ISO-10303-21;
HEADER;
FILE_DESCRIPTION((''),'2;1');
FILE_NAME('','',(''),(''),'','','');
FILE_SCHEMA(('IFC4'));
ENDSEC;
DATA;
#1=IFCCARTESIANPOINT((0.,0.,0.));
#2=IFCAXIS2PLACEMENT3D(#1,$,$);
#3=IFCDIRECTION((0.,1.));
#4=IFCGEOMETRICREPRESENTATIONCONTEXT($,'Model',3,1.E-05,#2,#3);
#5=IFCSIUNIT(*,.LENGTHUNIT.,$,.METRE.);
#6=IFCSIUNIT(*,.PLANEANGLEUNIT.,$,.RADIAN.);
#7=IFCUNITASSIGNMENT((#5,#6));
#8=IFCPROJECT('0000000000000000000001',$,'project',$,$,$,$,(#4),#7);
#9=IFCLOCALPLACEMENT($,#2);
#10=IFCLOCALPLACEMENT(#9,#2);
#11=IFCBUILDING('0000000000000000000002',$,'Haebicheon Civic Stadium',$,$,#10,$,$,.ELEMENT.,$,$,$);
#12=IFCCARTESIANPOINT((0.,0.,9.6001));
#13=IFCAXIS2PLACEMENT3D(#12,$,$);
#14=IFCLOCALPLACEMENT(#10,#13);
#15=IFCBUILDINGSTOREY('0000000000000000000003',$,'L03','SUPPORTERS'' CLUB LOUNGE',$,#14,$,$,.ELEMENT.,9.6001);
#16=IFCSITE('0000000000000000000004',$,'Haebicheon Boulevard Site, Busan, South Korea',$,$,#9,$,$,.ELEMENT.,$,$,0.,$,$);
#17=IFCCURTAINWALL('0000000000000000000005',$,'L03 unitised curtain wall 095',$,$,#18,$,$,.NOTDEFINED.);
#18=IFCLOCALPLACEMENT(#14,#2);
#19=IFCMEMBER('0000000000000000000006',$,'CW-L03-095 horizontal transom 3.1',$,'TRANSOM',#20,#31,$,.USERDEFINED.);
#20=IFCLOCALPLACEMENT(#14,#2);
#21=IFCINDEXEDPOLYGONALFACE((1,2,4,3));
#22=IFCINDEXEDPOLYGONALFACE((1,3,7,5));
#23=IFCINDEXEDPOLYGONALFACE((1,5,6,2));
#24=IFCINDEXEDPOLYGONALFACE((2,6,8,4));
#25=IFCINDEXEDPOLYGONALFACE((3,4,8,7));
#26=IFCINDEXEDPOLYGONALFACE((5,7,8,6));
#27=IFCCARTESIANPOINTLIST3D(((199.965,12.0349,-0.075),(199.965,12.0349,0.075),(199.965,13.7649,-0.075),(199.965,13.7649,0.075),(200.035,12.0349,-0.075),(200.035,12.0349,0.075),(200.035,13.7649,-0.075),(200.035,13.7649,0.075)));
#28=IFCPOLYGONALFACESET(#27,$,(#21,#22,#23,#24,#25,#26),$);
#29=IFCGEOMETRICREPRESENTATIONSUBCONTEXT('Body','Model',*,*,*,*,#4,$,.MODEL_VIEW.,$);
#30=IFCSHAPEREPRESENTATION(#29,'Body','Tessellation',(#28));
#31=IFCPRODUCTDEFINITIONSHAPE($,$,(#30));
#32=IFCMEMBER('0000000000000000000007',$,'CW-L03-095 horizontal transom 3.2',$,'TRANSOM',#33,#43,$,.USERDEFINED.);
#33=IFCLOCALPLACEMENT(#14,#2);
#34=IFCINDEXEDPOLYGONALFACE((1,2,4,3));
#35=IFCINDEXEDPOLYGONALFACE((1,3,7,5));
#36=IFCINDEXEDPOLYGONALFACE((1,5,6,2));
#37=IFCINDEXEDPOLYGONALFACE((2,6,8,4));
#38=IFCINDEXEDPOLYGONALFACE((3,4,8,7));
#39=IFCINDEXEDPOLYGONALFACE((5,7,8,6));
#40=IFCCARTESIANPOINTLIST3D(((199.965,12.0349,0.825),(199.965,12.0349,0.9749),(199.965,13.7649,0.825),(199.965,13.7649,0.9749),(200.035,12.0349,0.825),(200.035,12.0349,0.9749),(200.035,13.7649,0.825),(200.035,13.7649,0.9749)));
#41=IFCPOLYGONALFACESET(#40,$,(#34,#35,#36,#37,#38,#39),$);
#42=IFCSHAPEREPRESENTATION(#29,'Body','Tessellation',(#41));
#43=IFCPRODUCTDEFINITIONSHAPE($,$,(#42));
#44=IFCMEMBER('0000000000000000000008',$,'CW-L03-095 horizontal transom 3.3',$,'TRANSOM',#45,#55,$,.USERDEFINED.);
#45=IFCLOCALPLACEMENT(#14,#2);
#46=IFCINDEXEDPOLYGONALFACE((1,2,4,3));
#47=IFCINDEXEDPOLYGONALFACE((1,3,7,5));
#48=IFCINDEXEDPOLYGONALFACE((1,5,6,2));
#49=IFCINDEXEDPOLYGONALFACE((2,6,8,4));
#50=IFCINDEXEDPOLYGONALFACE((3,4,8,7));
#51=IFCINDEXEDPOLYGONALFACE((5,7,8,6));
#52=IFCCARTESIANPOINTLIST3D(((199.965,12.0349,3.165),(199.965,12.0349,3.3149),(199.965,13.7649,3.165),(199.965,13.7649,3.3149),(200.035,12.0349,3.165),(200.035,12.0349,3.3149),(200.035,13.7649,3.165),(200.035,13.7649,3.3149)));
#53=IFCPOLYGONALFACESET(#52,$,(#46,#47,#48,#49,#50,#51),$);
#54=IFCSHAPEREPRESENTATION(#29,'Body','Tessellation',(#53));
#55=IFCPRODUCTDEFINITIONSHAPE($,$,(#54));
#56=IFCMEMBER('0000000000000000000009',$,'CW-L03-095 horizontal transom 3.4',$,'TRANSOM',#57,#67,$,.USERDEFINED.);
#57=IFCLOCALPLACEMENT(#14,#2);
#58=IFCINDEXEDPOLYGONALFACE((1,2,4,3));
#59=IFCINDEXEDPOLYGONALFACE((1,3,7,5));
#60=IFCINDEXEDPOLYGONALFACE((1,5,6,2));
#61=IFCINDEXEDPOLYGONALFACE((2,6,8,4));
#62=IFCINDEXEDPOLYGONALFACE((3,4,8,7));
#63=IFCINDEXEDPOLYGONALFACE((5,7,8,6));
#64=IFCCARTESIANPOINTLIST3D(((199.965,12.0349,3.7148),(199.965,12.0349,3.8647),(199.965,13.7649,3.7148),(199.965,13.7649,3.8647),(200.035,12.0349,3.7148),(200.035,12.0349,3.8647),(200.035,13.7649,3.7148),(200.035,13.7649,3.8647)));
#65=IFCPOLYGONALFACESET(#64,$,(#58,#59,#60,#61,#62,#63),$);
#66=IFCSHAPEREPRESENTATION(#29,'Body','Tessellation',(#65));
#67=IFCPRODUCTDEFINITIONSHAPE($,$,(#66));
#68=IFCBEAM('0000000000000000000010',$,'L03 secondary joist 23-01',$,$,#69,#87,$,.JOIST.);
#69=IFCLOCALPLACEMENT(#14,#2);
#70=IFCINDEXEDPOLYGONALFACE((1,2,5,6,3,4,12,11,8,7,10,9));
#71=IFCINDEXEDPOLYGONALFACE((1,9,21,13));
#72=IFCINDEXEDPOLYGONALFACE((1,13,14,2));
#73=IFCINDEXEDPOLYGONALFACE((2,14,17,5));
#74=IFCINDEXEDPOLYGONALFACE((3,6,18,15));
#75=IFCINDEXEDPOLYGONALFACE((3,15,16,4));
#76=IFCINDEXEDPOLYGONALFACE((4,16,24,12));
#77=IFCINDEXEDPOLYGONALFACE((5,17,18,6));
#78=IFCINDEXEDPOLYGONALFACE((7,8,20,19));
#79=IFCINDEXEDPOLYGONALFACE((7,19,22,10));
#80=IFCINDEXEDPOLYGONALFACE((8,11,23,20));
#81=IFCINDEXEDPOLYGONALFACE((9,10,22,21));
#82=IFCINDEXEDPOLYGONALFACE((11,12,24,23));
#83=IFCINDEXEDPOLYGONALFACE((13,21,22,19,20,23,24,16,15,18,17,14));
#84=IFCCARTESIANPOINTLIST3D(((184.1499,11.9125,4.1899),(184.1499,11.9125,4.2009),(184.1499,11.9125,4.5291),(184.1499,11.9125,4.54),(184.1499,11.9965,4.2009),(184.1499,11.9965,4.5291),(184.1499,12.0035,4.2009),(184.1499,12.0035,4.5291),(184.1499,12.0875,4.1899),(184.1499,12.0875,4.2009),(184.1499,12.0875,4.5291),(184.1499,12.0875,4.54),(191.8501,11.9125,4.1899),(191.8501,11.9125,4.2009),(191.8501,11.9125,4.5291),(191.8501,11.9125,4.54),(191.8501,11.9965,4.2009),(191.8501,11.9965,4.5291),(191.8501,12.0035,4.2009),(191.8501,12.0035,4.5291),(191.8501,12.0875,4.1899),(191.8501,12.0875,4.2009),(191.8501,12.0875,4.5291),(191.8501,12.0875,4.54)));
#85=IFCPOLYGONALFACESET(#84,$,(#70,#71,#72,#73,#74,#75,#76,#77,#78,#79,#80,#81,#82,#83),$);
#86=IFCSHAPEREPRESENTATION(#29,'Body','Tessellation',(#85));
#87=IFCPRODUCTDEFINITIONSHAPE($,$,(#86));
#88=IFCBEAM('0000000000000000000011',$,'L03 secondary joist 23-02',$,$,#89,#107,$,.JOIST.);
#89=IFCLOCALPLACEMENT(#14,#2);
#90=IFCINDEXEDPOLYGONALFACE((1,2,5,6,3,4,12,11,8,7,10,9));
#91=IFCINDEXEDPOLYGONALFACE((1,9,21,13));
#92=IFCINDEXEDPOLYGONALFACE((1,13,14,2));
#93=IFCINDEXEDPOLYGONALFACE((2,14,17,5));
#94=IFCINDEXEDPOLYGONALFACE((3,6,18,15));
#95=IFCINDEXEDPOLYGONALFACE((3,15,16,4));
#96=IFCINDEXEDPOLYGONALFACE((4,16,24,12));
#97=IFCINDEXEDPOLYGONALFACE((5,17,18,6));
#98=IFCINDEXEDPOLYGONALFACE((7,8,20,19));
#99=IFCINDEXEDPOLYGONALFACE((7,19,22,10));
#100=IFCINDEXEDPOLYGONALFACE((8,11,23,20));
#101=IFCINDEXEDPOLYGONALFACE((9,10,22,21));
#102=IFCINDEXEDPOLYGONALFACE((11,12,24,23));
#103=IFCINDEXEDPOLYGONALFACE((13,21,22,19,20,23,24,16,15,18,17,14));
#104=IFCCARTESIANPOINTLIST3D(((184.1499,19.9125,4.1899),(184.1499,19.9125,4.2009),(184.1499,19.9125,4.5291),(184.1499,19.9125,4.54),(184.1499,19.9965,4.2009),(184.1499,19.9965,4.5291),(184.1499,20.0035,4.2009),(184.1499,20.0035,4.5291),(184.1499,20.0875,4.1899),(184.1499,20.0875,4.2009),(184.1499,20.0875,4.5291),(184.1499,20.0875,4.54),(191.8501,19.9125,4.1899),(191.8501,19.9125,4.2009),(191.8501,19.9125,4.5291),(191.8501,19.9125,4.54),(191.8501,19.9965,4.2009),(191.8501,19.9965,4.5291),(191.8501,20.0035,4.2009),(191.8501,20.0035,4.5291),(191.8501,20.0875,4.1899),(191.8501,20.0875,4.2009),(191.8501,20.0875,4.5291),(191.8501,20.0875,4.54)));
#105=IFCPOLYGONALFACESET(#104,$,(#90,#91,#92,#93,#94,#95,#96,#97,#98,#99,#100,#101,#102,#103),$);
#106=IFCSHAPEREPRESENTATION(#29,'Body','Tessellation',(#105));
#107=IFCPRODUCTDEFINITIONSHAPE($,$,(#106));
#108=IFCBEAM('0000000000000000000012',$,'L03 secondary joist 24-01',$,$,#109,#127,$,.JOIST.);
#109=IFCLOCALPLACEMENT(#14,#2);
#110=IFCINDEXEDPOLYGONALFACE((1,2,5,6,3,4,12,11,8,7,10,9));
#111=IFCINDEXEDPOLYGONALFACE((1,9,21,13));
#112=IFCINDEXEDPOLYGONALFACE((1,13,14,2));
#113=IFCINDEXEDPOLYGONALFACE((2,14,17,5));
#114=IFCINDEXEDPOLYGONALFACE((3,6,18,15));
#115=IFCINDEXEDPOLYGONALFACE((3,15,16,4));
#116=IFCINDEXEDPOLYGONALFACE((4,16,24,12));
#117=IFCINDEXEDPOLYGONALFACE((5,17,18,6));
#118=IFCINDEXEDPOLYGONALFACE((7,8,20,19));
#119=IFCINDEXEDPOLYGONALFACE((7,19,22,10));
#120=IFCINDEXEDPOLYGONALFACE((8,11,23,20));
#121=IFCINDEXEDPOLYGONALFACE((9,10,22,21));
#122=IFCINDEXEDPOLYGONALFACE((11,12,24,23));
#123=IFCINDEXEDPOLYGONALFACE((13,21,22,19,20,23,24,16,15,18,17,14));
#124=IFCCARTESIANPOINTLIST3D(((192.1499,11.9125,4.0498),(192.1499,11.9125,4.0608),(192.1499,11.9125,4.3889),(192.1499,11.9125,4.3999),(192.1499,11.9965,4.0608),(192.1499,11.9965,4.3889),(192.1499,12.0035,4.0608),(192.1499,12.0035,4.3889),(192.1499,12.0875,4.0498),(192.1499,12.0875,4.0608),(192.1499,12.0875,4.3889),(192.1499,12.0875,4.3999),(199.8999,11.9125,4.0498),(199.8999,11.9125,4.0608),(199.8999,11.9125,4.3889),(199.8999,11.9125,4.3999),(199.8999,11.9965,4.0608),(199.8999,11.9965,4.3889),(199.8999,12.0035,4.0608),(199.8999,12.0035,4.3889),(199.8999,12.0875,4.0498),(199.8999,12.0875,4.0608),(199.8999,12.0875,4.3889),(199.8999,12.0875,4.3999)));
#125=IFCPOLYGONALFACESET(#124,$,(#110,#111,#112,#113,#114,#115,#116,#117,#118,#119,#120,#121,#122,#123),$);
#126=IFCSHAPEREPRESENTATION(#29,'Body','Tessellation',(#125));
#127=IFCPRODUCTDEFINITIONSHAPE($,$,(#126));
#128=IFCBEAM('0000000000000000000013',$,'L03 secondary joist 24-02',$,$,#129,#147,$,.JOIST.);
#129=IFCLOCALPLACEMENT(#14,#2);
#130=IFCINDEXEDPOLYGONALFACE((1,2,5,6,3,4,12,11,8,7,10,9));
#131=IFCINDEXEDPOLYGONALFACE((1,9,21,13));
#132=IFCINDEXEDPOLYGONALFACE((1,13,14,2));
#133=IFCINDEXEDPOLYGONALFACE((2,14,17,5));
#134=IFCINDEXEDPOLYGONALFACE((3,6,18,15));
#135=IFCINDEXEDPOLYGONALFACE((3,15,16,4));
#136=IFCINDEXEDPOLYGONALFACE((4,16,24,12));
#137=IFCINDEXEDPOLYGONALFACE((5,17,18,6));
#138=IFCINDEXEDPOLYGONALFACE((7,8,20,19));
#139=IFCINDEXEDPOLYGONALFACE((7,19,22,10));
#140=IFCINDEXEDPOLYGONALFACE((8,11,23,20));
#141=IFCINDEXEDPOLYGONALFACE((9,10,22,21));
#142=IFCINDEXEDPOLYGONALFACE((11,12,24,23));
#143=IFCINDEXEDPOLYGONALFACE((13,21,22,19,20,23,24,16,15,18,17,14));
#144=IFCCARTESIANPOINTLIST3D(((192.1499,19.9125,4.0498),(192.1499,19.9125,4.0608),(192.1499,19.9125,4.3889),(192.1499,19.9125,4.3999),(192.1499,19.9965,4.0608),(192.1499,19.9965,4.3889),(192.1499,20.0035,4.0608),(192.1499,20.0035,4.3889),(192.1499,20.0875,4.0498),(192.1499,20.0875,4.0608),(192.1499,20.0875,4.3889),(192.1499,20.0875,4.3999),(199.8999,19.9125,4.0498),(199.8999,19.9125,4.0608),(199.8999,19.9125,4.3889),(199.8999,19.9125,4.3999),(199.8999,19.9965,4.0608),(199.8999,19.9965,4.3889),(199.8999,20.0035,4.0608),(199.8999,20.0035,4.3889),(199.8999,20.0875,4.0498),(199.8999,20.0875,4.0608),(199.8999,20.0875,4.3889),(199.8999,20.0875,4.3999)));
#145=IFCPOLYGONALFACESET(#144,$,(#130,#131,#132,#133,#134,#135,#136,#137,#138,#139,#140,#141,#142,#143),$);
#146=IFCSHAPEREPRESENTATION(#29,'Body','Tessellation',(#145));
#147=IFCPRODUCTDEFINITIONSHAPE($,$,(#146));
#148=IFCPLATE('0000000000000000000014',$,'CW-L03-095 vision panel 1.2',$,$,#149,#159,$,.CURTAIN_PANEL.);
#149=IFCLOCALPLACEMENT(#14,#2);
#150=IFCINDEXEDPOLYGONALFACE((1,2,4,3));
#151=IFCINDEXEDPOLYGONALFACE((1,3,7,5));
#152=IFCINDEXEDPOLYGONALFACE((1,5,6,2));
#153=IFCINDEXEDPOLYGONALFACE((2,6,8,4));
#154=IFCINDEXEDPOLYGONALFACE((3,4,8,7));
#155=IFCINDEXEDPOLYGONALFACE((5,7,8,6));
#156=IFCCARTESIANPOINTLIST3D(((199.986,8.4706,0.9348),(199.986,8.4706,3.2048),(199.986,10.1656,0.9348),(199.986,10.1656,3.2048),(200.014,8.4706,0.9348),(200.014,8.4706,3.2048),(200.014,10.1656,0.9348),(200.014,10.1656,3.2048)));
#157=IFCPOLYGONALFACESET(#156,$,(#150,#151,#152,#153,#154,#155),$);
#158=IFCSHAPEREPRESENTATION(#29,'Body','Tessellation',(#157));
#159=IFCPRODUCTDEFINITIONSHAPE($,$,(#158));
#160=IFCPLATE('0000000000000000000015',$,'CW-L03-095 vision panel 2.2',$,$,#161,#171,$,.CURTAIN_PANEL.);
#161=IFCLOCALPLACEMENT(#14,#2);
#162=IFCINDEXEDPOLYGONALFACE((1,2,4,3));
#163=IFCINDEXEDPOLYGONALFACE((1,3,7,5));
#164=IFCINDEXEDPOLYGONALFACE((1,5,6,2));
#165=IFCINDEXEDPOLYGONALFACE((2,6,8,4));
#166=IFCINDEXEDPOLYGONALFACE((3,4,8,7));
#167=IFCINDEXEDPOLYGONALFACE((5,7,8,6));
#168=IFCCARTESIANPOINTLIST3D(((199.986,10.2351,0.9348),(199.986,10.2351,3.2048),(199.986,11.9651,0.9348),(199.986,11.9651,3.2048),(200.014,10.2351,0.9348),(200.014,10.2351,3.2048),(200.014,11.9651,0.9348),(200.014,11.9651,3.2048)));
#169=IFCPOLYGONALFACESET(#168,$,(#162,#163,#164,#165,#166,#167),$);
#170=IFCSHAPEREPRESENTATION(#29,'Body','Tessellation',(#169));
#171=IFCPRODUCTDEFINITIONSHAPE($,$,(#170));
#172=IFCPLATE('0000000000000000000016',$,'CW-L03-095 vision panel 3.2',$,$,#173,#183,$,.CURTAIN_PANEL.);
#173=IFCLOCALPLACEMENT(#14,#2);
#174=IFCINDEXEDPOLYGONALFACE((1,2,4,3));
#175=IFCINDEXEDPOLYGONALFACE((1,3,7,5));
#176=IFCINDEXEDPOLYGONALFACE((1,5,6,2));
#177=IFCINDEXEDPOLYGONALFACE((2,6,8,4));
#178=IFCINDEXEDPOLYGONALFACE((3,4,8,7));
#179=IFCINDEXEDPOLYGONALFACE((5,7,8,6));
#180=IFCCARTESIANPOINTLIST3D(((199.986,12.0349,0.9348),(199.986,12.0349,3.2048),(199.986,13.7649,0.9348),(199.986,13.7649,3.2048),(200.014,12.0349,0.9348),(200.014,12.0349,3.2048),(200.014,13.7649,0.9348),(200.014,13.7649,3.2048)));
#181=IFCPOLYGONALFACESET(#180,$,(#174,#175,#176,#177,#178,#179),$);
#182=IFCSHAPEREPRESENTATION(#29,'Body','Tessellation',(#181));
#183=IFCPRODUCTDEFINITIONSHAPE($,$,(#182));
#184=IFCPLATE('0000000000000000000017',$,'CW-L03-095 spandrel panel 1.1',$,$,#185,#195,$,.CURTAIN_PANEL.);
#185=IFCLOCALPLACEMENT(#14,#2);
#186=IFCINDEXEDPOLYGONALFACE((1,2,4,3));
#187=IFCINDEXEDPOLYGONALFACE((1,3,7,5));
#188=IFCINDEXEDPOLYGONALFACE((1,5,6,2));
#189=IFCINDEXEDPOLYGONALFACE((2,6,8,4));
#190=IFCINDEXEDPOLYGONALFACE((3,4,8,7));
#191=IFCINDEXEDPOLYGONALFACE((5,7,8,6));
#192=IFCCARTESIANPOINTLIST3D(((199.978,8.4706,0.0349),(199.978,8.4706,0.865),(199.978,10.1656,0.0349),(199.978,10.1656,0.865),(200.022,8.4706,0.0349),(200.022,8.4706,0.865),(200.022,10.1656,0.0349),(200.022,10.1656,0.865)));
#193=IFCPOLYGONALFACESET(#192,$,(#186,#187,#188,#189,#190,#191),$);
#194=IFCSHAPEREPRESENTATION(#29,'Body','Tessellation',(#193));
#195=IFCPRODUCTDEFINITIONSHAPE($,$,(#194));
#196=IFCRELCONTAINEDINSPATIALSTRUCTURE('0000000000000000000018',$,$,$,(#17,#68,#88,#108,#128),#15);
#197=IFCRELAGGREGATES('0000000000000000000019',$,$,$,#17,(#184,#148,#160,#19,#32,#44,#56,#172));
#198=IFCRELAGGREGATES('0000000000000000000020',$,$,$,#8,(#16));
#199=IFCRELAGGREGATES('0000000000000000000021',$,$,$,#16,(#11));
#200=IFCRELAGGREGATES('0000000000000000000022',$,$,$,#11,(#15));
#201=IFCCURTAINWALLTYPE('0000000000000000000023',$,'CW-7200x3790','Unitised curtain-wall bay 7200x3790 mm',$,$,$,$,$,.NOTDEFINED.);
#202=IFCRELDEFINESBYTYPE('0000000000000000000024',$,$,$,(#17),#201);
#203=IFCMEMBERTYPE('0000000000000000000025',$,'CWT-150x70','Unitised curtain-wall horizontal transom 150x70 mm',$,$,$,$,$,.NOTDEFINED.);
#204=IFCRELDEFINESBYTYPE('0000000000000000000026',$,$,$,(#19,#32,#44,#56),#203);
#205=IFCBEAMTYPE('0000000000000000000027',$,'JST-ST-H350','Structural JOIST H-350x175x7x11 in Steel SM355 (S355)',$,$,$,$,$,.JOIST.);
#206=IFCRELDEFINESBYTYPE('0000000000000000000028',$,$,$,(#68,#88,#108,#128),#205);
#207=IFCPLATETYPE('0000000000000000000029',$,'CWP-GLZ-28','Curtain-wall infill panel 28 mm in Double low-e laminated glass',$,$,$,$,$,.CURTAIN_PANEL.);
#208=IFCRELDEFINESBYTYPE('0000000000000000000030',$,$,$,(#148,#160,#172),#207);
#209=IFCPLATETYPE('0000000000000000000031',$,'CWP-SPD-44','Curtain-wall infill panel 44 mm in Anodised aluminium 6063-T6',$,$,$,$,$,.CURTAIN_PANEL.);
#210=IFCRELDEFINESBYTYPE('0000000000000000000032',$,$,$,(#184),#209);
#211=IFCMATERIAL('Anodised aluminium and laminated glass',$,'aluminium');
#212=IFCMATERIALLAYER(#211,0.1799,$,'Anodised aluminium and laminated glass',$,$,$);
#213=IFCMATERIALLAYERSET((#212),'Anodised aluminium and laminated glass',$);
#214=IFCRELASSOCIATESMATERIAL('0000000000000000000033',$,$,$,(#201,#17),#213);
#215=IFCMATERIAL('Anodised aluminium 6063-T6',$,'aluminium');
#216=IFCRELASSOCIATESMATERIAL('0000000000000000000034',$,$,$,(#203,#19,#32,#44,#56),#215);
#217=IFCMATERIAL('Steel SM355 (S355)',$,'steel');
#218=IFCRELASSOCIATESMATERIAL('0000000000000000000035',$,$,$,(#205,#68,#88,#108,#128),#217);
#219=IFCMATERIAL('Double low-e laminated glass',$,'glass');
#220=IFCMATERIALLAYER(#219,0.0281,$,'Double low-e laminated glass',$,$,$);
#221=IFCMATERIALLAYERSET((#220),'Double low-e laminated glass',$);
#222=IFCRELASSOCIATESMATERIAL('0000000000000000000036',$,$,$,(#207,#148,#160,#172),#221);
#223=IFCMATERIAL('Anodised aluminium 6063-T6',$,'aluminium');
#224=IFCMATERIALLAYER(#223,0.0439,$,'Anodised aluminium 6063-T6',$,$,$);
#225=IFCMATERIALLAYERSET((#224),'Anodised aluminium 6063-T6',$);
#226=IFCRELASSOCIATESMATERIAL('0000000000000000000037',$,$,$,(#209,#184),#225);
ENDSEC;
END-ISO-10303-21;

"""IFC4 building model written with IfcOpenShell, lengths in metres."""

from ifc_helpers import new_model, si_unit, direction, frame, origin, origin_2d, place, context, subcontext, project, spatial, rectangle, i_section, extrude, material, layer, layer_set, material_profile, profile_set, type_object, element, aggregate, save


model = new_model("IFC4")

# Units and contexts
model_context = context("Model", 3, precision=1e-05, world=origin(), true_north=direction((0.0, 1.0)))
body_context = subcontext(model_context, "Body", "Model", "MODEL_VIEW")
ifc_project = project(units=[si_unit("LENGTHUNIT", "METRE"), si_unit("PLANEANGLEUNIT", "RADIAN")], contexts=[model_context])

# Site, building, storey
site_placement = place(None, origin())
site = spatial("IfcSite", under=ifc_project, at=site_placement, Name="Haebicheon Boulevard Site, Busan, South Korea", CompositionType="ELEMENT", RefElevation=0.0)
building_placement = place(site_placement, origin())
building = spatial("IfcBuilding", under=site, at=building_placement, Name="Haebicheon Civic Stadium", CompositionType="ELEMENT")
storey_placement = place(building_placement, frame((0.0, 0.0, 9.6001)))
storey = spatial("IfcBuildingStorey", under=building, at=storey_placement, Name="L03", Description="SUPPORTERS' CLUB LOUNGE", CompositionType="ELEMENT", Elevation=9.6001)

# Curtain wall, members
ifc_material_1 = material(Name="Anodised aluminium and laminated glass", Category="aluminium")
ifc_layer_1 = layer(ifc_material_1, 0.1799, Name="Anodised aluminium and laminated glass")
ifc_layer_set_1 = layer_set([ifc_layer_1], Name="Anodised aluminium and laminated glass")
curtain_wall_type = type_object("IfcCurtainWallType", Name="CW-7200x3790", Description="Unitised curtain-wall bay 7200x3790 mm", PredefinedType="NOTDEFINED", material=ifc_layer_set_1)
curtain_wall_placement = place(storey_placement, origin())
curtain_wall = element("IfcCurtainWall", 1, at=curtain_wall_placement, inside=storey, type_object=curtain_wall_type, material=ifc_layer_set_1, Name="L03 unitised curtain wall 095", PredefinedType="NOTDEFINED")
ifc_material_2 = material(Name="Anodised aluminium 6063-T6", Category="aluminium")
ifc_material_profile_1 = material_profile(ifc_material_2, rectangle(XDim=0.0701, YDim=0.1499, at=origin_2d()), Name="ALU-TRAN-70x150")
ifc_profile_set_1 = profile_set([ifc_material_profile_1], Name="Anodised aluminium 6063-T6")
member_type_1 = type_object("IfcMemberType", Name="CWT-150x70", Description="Unitised curtain-wall horizontal transom 150x70 mm", PredefinedType="NOTDEFINED", material=ifc_profile_set_1)
member_1_placement = place(storey_placement, frame((200.0, 12.0349, 0.0), z_axis=(0.0, 1.0, 0.0), x_axis=(-1.0, 0.0, 0.0)))
member_1 = element("IfcMember", 2, at=member_1_placement, type_object=member_type_1, material=ifc_profile_set_1, Name="CW-L03-095 horizontal transom 3.1", ObjectType="TRANSOM", PredefinedType="USERDEFINED", context=body_context, shape_type="SweptSolid", body=[
    extrude(rectangle(XDim=0.0701, YDim=0.1499, at=origin_2d()), origin(), (0.0, 0.0, 1.0), 1.73),
])
member_2_placement = place(storey_placement, frame((200.0, 12.0349, 0.8999), z_axis=(0.0, 1.0, 0.0), x_axis=(-1.0, 0.0, 0.0)))
member_2 = element("IfcMember", 3, at=member_2_placement, type_object=member_type_1, material=ifc_profile_set_1, Name="CW-L03-095 horizontal transom 3.2", ObjectType="TRANSOM", PredefinedType="USERDEFINED", context=body_context, shape_type="SweptSolid", body=[
    extrude(rectangle(XDim=0.0701, YDim=0.1499, at=origin_2d()), origin(), (0.0, 0.0, 1.0), 1.73),
])
member_3_placement = place(storey_placement, frame((200.0, 12.0349, 3.24), z_axis=(0.0, 1.0, 0.0), x_axis=(-1.0, 0.0, 0.0)))
member_3 = element("IfcMember", 4, at=member_3_placement, type_object=member_type_1, material=ifc_profile_set_1, Name="CW-L03-095 horizontal transom 3.3", ObjectType="TRANSOM", PredefinedType="USERDEFINED", context=body_context, shape_type="SweptSolid", body=[
    extrude(rectangle(XDim=0.0701, YDim=0.1499, at=origin_2d()), origin(), (0.0, 0.0, 1.0), 1.73),
])
member_4_placement = place(storey_placement, frame((200.0, 12.0349, 3.7898), z_axis=(0.0, 1.0, 0.0), x_axis=(-1.0, 0.0, 0.0)))
member_4 = element("IfcMember", 5, at=member_4_placement, type_object=member_type_1, material=ifc_profile_set_1, Name="CW-L03-095 horizontal transom 3.4", ObjectType="TRANSOM", PredefinedType="USERDEFINED", context=body_context, shape_type="SweptSolid", body=[
    extrude(rectangle(XDim=0.0701, YDim=0.1499, at=origin_2d()), origin(), (0.0, 0.0, 1.0), 1.73),
])

# Beams
ifc_material_3 = material(Name="Steel SM355 (S355)", Category="steel")
ifc_material_profile_2 = material_profile(ifc_material_3, i_section(OverallWidth=0.175, OverallDepth=0.3501, WebThickness=0.0071, FlangeThickness=0.011, at=origin_2d()), Name="H-350x175x7x11")
ifc_profile_set_2 = profile_set([ifc_material_profile_2], Name="Steel SM355 (S355)")
beam_type_1 = type_object("IfcBeamType", Name="JST-ST-H350", Description="Structural JOIST H-350x175x7x11 in Steel SM355 (S355)", PredefinedType="JOIST", material=ifc_profile_set_2)
for number, where, z_axis, x_axis, name in (
    (6, (184.1499, 12.0, 4.365), (1.0, 0.0, 0.0), (0.0, 1.0, 0.0), "L03 secondary joist 23-01"),
    (7, (184.1499, 20.0, 4.365), (1.0, 0.0, 0.0), (0.0, 1.0, 0.0), "L03 secondary joist 23-02"),
):
    element("IfcBeam", number, at=place(storey_placement, frame(where, z_axis=z_axis, x_axis=x_axis)), inside=storey, type_object=beam_type_1, material=ifc_profile_set_2, Name=name, PredefinedType="JOIST", context=body_context, shape_type="SweptSolid", body=[
        extrude(i_section(OverallWidth=0.175, OverallDepth=0.3501, WebThickness=0.0071, FlangeThickness=0.011, at=origin_2d()), origin(), (0.0, 0.0, 1.0), 7.7002),
    ])
for number, where, z_axis, x_axis, name in (
    (8, (192.1499, 12.0, 4.2249), (1.0, 0.0, 0.0), (0.0, 1.0, 0.0), "L03 secondary joist 24-01"),
    (9, (192.1499, 20.0, 4.2249), (1.0, 0.0, 0.0), (0.0, 1.0, 0.0), "L03 secondary joist 24-02"),
):
    element("IfcBeam", number, at=place(storey_placement, frame(where, z_axis=z_axis, x_axis=x_axis)), inside=storey, type_object=beam_type_1, material=ifc_profile_set_2, Name=name, PredefinedType="JOIST", context=body_context, shape_type="SweptSolid", body=[
        extrude(i_section(OverallWidth=0.175, OverallDepth=0.3501, WebThickness=0.0071, FlangeThickness=0.011, at=origin_2d()), origin(), (0.0, 0.0, 1.0), 7.75),
    ])

# Plates
ifc_material_4 = material(Name="Double low-e laminated glass", Category="glass")
ifc_layer_2 = layer(ifc_material_4, 0.0281, Name="Double low-e laminated glass")
ifc_layer_set_2 = layer_set([ifc_layer_2], Name="Double low-e laminated glass")
plate_type_1 = type_object("IfcPlateType", Name="CWP-GLZ-28", Description="Curtain-wall infill panel 28 mm in Double low-e laminated glass", PredefinedType="CURTAIN_PANEL", material=ifc_layer_set_2)
plate_1_placement = place(storey_placement, frame((200.0, 9.3181, 0.9348), z_axis=(0.0, 0.0, 1.0), x_axis=(0.0, 1.0, 0.0)))
plate_1 = element("IfcPlate", 10, at=plate_1_placement, type_object=plate_type_1, material=ifc_layer_set_2, Name="CW-L03-095 vision panel 1.2", PredefinedType="CURTAIN_PANEL", context=body_context, shape_type="SweptSolid", body=[
    extrude(rectangle(XDim=1.6951, YDim=0.0281, at=origin_2d()), origin(), (0.0, 0.0, 1.0), 2.27),
])
plate_2_placement = place(storey_placement, frame((200.0, 11.1001, 0.9348), z_axis=(0.0, 0.0, 1.0), x_axis=(0.0, 1.0, 0.0)))
plate_2 = element("IfcPlate", 11, at=plate_2_placement, type_object=plate_type_1, material=ifc_layer_set_2, Name="CW-L03-095 vision panel 2.2", PredefinedType="CURTAIN_PANEL", context=body_context, shape_type="SweptSolid", body=[
    extrude(rectangle(XDim=1.73, YDim=0.0281, at=origin_2d()), origin(), (0.0, 0.0, 1.0), 2.27),
])
plate_3_placement = place(storey_placement, frame((200.0, 12.8999, 0.9348), z_axis=(0.0, 0.0, 1.0), x_axis=(0.0, 1.0, 0.0)))
plate_3 = element("IfcPlate", 12, at=plate_3_placement, type_object=plate_type_1, material=ifc_layer_set_2, Name="CW-L03-095 vision panel 3.2", PredefinedType="CURTAIN_PANEL", context=body_context, shape_type="SweptSolid", body=[
    extrude(rectangle(XDim=1.73, YDim=0.0281, at=origin_2d()), origin(), (0.0, 0.0, 1.0), 2.27),
])
ifc_material_5 = material(Name="Anodised aluminium 6063-T6", Category="aluminium")
ifc_layer_3 = layer(ifc_material_5, 0.0439, Name="Anodised aluminium 6063-T6")
ifc_layer_set_3 = layer_set([ifc_layer_3], Name="Anodised aluminium 6063-T6")
plate_type_2 = type_object("IfcPlateType", Name="CWP-SPD-44", Description="Curtain-wall infill panel 44 mm in Anodised aluminium 6063-T6", PredefinedType="CURTAIN_PANEL", material=ifc_layer_set_3)
plate_4_placement = place(storey_placement, frame((200.0, 9.3181, 0.0349), z_axis=(0.0, 0.0, 1.0), x_axis=(0.0, 1.0, 0.0)))
plate_4 = element("IfcPlate", 13, at=plate_4_placement, type_object=plate_type_2, material=ifc_layer_set_3, Name="CW-L03-095 spandrel panel 1.1", PredefinedType="CURTAIN_PANEL", context=body_context, shape_type="SweptSolid", body=[
    extrude(rectangle(XDim=1.6951, YDim=0.0439, at=origin_2d()), origin(), (0.0, 0.0, 1.0), 0.8301),
])
aggregate(curtain_wall, [plate_4, plate_1, plate_2, member_1, member_2, member_3, member_4, plate_3])

save(model, "model.ifc")
